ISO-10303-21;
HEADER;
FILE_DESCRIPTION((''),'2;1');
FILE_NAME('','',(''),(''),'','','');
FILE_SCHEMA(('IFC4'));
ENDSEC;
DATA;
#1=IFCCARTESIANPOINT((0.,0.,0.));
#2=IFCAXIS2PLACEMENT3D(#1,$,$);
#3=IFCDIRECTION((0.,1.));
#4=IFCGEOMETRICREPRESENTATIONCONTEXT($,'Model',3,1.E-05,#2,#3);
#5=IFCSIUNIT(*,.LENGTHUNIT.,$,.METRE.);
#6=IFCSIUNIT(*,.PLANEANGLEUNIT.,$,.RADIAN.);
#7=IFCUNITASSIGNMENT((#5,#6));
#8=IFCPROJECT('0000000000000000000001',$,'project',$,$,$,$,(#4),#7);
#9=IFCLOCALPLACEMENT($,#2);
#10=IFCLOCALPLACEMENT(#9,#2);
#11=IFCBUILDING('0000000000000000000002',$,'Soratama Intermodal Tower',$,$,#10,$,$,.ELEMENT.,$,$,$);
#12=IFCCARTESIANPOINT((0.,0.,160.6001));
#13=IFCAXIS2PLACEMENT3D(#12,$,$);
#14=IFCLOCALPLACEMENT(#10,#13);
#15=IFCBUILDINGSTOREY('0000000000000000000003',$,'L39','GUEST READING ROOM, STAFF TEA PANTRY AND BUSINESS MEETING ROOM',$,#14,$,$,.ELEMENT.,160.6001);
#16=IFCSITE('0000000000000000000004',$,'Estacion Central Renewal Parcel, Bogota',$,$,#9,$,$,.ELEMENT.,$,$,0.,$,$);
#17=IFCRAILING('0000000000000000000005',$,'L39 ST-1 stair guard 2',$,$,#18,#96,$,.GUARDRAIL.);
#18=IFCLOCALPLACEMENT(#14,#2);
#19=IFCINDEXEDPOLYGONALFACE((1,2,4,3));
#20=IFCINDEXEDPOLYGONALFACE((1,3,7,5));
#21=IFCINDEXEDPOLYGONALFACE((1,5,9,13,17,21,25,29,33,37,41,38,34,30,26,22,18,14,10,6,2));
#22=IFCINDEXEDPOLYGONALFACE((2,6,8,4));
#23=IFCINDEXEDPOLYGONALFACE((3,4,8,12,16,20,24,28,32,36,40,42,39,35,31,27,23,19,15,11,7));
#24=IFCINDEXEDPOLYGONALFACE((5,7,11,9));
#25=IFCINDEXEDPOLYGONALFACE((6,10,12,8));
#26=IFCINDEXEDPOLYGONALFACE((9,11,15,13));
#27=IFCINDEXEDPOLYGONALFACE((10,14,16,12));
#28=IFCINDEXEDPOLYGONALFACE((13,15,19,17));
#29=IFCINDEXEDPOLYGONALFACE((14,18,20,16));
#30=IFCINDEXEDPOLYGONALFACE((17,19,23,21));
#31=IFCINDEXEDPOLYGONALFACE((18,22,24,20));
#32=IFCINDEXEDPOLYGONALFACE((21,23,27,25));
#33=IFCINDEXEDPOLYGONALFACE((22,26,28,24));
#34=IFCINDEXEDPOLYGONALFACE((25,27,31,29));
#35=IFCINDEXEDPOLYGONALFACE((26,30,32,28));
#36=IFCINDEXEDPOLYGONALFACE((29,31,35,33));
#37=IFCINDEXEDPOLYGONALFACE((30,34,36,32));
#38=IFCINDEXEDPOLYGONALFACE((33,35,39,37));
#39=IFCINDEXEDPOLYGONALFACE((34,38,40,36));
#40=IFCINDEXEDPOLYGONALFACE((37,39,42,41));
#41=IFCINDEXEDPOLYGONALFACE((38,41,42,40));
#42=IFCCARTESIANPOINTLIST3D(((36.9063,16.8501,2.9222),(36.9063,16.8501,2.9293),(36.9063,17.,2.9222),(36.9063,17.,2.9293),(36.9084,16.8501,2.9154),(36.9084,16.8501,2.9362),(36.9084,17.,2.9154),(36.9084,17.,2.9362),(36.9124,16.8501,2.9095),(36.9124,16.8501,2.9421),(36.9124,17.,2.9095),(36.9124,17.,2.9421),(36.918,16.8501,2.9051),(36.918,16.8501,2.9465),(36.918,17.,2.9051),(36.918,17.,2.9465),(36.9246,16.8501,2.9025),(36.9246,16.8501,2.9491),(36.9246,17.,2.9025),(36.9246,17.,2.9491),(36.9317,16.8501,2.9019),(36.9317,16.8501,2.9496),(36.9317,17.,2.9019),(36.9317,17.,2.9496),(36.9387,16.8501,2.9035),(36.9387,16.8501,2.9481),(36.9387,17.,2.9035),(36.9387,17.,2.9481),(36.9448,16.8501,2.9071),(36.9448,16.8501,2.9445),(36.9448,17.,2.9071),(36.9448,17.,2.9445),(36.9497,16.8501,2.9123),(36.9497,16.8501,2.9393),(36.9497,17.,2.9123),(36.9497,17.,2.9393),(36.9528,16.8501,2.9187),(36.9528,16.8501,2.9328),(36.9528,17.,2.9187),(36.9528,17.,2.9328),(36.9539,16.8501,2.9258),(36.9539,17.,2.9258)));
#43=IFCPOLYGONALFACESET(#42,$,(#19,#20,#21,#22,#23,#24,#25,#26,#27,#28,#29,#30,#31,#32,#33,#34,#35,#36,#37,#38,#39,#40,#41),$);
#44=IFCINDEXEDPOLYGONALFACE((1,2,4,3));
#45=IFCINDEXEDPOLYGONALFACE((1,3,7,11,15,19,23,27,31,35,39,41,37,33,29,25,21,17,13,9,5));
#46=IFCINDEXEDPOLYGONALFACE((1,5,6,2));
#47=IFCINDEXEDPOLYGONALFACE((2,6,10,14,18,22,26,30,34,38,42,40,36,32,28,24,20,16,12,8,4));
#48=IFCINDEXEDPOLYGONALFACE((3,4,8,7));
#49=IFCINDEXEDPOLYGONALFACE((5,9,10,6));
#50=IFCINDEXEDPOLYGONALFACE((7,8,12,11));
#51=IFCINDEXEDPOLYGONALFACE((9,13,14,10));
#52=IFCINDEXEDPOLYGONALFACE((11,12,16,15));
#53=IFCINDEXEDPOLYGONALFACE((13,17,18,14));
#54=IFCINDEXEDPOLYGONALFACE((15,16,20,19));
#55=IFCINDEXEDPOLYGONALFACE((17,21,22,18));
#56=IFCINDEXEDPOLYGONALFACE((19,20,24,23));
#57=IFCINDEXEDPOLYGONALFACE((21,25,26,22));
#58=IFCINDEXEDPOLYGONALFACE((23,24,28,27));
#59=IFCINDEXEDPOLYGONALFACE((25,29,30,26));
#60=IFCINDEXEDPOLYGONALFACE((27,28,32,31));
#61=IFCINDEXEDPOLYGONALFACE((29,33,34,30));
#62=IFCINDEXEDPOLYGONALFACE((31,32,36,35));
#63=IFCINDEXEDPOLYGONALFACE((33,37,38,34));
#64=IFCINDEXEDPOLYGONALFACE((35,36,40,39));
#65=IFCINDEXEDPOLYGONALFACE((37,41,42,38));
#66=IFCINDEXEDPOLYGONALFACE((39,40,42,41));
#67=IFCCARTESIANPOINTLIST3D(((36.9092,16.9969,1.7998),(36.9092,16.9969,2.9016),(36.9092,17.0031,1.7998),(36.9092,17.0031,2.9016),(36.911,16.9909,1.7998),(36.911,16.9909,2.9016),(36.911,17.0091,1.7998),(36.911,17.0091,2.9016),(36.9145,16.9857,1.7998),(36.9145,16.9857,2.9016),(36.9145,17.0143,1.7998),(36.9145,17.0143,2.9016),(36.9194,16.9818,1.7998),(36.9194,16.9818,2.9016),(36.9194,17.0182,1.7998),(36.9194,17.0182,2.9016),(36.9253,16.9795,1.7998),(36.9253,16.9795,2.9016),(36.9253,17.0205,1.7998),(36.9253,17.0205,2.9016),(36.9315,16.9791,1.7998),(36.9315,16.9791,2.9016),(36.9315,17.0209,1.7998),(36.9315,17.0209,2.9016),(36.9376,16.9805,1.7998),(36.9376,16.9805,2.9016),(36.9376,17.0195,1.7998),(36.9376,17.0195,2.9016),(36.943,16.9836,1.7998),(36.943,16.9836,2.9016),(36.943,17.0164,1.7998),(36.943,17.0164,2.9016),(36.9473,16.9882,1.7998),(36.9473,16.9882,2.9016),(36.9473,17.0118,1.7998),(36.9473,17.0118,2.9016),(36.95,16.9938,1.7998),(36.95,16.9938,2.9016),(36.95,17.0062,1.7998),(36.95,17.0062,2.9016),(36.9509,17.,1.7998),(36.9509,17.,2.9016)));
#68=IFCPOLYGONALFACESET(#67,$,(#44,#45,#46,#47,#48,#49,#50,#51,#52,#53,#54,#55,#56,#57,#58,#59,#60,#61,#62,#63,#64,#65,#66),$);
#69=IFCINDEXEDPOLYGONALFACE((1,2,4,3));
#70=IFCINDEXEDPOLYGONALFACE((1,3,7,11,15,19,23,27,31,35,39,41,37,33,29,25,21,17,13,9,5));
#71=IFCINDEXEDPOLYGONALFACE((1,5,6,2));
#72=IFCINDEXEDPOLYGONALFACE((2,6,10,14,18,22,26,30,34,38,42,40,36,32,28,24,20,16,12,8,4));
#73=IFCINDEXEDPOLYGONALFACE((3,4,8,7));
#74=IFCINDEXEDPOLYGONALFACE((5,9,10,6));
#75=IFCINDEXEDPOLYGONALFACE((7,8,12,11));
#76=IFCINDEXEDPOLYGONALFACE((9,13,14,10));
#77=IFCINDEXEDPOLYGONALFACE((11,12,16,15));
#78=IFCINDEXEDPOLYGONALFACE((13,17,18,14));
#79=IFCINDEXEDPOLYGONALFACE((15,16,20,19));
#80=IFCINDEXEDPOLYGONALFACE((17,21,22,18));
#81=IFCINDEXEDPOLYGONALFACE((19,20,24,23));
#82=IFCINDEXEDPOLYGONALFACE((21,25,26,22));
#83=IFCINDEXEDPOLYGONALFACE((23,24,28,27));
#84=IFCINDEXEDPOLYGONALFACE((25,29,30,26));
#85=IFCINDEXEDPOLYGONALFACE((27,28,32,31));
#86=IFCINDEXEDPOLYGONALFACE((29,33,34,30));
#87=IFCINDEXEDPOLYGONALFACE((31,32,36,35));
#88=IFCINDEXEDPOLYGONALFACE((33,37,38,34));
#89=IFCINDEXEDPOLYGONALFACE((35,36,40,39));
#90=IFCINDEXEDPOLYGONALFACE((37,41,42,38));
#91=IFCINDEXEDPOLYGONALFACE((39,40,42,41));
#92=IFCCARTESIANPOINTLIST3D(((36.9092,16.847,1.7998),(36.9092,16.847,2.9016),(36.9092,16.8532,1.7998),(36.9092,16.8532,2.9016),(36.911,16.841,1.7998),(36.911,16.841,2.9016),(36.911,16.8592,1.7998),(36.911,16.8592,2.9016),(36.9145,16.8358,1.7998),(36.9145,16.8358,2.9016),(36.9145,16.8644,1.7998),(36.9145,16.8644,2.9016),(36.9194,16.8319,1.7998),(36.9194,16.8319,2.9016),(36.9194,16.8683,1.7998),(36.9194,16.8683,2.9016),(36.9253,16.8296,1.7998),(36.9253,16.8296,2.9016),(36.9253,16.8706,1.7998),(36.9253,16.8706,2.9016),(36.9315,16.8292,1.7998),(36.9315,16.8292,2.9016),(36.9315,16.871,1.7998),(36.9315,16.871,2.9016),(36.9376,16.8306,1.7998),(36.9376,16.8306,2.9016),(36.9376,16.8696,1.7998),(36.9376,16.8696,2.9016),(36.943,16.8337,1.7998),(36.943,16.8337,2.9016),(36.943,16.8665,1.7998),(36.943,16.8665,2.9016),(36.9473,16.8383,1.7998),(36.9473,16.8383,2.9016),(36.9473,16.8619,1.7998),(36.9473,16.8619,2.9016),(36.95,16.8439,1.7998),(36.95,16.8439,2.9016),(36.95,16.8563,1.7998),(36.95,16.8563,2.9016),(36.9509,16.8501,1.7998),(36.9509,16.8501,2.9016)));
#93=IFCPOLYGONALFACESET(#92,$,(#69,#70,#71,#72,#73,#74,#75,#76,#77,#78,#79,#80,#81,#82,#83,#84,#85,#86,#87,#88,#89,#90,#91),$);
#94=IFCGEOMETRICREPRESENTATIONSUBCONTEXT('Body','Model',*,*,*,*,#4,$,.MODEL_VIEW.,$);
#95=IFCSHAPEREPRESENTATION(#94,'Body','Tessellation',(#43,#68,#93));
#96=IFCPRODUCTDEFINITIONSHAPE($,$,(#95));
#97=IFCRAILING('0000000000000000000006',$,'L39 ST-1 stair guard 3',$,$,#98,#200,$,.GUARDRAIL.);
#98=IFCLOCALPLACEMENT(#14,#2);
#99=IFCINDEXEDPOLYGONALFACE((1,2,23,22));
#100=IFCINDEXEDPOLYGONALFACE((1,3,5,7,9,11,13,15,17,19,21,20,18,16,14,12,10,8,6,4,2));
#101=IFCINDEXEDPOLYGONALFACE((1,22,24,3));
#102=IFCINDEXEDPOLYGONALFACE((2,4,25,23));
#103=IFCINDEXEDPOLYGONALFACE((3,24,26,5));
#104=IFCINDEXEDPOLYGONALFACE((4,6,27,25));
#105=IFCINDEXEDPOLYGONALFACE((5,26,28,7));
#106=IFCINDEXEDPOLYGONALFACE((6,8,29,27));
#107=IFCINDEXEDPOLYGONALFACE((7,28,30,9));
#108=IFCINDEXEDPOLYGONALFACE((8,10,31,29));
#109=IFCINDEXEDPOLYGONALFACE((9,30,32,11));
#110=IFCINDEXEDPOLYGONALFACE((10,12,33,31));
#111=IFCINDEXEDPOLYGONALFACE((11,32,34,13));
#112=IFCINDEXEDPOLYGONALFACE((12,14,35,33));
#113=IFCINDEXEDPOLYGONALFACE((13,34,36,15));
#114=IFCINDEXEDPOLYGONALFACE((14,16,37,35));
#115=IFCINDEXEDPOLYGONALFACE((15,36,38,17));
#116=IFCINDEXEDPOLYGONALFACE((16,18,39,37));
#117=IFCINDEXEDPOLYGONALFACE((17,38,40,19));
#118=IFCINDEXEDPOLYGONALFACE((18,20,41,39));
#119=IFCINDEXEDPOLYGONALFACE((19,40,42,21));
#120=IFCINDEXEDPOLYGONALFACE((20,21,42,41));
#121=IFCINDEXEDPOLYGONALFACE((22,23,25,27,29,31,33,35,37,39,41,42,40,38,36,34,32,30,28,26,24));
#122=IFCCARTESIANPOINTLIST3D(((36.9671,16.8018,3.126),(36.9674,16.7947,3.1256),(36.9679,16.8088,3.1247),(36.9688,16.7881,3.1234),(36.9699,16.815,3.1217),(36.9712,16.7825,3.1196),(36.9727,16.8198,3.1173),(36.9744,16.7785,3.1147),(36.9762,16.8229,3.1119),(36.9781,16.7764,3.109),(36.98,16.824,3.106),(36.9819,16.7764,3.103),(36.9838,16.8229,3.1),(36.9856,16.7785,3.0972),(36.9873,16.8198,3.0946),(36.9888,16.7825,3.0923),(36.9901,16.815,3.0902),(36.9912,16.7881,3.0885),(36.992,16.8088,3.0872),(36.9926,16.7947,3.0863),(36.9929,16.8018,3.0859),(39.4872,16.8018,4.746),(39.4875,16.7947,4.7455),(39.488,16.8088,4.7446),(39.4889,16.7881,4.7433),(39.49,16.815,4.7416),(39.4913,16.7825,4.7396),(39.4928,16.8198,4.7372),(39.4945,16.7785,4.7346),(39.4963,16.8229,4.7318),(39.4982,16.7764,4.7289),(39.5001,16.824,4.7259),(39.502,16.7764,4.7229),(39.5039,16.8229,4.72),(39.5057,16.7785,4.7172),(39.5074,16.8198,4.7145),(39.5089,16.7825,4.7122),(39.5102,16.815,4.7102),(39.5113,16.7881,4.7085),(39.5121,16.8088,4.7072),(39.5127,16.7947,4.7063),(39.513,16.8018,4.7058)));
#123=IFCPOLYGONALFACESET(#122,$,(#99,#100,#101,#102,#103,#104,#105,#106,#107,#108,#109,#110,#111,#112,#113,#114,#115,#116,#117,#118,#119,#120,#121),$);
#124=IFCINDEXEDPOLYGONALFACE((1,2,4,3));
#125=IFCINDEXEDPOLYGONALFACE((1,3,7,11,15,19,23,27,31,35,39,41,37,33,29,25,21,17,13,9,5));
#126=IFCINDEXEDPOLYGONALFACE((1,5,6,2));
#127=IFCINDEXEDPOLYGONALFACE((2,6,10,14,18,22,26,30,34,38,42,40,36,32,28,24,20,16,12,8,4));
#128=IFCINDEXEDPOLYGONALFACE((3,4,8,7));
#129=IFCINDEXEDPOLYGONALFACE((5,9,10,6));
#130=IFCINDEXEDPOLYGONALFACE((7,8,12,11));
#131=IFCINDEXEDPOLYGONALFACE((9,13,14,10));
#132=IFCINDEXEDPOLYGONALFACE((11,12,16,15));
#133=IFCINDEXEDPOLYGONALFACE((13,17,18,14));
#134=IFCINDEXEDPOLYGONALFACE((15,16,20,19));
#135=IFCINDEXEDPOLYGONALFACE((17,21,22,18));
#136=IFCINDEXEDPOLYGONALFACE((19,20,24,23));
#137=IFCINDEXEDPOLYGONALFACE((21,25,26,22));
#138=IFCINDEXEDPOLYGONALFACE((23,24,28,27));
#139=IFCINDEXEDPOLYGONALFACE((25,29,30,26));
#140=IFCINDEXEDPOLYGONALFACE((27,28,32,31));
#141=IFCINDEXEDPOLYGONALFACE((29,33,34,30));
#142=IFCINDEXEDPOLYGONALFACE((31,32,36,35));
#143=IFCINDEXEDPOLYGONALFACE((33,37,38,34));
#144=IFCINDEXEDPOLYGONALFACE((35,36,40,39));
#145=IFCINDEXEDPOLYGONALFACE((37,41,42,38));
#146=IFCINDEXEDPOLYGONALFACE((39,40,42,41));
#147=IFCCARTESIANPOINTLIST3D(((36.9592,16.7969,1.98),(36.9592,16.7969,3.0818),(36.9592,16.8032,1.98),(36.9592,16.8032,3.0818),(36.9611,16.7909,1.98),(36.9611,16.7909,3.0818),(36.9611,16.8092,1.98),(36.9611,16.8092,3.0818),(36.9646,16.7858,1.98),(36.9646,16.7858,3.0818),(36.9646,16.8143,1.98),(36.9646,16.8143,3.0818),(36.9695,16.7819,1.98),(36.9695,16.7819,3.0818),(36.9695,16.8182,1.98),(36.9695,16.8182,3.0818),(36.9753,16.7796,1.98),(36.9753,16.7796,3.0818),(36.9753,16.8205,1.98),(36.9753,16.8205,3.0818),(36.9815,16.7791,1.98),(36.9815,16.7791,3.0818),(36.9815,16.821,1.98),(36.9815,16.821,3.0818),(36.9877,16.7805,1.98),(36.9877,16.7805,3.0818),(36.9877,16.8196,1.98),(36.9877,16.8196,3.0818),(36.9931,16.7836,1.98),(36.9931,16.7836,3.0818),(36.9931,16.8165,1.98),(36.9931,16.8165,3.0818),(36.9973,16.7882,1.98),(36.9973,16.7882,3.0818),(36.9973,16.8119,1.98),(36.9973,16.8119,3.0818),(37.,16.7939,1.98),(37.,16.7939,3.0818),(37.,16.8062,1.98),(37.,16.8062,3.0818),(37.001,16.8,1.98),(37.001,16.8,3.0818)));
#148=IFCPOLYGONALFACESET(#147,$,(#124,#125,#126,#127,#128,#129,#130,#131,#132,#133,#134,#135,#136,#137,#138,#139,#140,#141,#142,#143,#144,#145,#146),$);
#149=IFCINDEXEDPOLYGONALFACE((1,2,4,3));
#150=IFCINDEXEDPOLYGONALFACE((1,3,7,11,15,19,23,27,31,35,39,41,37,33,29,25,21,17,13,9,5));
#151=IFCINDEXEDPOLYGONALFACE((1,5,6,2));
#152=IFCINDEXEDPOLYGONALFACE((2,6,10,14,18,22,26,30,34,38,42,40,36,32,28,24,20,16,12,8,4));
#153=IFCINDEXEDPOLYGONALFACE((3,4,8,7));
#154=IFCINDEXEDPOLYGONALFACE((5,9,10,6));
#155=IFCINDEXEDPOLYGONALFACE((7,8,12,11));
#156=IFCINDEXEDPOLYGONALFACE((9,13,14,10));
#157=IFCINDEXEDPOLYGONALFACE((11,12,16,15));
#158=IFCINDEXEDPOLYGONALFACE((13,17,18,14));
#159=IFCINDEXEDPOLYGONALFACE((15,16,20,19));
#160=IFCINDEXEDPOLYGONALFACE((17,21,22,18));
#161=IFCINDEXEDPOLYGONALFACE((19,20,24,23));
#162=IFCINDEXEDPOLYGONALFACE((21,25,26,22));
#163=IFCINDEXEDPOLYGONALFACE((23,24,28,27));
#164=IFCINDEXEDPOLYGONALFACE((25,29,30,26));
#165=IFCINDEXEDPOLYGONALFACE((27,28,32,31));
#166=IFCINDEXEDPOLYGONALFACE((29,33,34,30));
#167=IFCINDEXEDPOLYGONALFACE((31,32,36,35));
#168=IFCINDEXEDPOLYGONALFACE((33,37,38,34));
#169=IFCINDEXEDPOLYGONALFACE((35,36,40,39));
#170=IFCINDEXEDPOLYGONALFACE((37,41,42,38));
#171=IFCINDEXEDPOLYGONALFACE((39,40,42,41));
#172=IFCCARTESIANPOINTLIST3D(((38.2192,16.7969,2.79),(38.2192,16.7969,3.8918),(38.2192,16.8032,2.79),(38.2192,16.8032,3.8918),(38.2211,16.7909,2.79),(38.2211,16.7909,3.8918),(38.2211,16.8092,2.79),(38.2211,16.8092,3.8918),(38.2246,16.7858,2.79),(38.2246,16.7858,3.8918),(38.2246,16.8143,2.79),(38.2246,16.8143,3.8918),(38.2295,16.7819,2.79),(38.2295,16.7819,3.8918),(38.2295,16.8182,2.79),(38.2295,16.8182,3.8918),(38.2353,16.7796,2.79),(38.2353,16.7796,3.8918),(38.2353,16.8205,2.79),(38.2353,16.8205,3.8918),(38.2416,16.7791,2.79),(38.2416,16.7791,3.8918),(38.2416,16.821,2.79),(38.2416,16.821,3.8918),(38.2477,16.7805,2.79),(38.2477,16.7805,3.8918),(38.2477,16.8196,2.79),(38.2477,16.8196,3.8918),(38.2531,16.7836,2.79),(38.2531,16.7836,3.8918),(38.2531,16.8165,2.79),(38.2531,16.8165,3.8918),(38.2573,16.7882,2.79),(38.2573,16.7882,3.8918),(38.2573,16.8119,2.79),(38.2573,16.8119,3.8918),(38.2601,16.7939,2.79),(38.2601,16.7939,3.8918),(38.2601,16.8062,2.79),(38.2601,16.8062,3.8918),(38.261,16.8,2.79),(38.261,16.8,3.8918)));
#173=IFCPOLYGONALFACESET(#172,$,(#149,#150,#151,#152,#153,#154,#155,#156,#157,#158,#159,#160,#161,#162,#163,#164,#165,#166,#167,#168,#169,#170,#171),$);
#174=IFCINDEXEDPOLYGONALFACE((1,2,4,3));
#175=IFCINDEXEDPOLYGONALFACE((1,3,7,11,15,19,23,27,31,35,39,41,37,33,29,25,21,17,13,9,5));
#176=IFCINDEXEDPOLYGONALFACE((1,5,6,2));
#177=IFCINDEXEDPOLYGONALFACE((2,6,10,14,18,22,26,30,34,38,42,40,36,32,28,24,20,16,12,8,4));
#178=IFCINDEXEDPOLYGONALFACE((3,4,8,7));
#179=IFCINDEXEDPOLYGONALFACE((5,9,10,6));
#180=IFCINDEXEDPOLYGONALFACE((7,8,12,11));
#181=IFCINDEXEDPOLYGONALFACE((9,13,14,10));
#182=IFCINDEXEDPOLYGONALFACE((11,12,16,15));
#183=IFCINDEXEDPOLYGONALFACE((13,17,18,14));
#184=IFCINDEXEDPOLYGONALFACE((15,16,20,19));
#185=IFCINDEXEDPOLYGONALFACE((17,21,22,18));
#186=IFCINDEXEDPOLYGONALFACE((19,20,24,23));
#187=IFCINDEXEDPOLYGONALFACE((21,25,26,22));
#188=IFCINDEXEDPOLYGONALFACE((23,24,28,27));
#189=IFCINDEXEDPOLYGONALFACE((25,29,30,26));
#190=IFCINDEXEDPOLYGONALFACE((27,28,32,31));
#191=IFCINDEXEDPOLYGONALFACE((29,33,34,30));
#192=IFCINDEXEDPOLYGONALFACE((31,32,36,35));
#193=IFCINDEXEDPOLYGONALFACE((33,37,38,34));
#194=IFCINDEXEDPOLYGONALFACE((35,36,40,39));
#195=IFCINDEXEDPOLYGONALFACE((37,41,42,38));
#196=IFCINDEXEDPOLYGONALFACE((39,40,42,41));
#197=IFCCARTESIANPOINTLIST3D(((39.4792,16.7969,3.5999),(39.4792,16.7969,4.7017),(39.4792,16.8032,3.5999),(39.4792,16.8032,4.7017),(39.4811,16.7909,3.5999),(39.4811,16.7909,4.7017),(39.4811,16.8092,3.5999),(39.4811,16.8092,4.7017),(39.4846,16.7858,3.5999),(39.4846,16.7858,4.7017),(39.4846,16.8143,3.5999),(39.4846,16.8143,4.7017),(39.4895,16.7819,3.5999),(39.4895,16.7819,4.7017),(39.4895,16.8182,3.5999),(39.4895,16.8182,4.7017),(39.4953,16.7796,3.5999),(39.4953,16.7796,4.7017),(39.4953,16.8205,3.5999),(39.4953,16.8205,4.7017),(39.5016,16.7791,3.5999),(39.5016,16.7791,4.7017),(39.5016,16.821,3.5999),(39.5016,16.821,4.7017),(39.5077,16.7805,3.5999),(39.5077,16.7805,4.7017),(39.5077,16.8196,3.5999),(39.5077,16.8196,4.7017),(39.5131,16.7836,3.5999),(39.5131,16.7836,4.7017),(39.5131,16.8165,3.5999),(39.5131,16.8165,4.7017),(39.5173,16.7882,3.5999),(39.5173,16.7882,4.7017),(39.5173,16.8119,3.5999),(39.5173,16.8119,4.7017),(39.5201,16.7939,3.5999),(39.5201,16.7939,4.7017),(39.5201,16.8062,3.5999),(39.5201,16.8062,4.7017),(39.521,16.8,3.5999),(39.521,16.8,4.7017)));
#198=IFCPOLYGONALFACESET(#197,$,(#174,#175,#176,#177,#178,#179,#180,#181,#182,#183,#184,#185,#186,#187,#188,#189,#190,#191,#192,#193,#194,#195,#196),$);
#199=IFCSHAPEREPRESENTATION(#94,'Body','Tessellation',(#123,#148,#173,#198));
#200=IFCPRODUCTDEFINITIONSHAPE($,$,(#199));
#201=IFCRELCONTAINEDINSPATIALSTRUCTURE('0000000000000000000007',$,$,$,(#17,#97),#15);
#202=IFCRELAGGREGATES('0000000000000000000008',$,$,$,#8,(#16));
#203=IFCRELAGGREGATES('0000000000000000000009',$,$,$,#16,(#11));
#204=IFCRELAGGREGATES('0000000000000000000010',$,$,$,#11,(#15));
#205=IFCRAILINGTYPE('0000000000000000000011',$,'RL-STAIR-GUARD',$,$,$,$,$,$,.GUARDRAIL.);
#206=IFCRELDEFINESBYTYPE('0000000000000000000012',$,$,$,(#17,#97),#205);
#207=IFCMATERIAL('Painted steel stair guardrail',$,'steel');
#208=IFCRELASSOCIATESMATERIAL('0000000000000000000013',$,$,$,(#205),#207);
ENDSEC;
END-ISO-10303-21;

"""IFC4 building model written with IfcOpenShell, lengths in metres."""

from ifc_helpers import new_model, si_unit, direction, frame, origin, origin_2d, place, context, subcontext, project, spatial, circle, extrude, material, type_object, element, save


model = new_model("IFC4")

# Units and contexts
model_context = context("Model", 3, precision=1e-05, world=origin(), true_north=direction((0.0, 1.0)))
body_context = subcontext(model_context, "Body", "Model", "MODEL_VIEW")
ifc_project = project(units=[si_unit("LENGTHUNIT", "METRE"), si_unit("PLANEANGLEUNIT", "RADIAN")], contexts=[model_context])

# Site, building, storey
site_placement = place(None, origin())
site = spatial("IfcSite", under=ifc_project, at=site_placement, Name="Estacion Central Renewal Parcel, Bogota", CompositionType="ELEMENT", RefElevation=0.0)
building_placement = place(site_placement, origin())
building = spatial("IfcBuilding", under=site, at=building_placement, Name="Soratama Intermodal Tower", CompositionType="ELEMENT")
storey_placement = place(building_placement, frame((0.0, 0.0, 160.6001)))
storey = spatial("IfcBuildingStorey", under=building, at=storey_placement, Name="L39", Description="GUEST READING ROOM, STAFF TEA PANTRY AND BUSINESS MEETING ROOM", CompositionType="ELEMENT", Elevation=160.6001)

# Railings
ifc_material_1 = material(Name="Painted steel stair guardrail", Category="steel")
railing_type_1 = type_object("IfcRailingType", Name="RL-STAIR-GUARD", PredefinedType="GUARDRAIL", material=ifc_material_1)
railing_1_placement = place(storey_placement, frame((36.9299, 17.0, 1.7998)))
element("IfcRailing", 1, at=railing_1_placement, inside=storey, type_object=railing_type_1, Name="L39 ST-1 stair guard 2", PredefinedType="GUARDRAIL", context=body_context, shape_type="SweptSolid", body=[
    extrude(circle(Radius=0.0239, at=origin_2d()), frame((0.0, 0.0, 1.126), z_axis=(0.0, -1.0, 0.0), x_axis=(1.0, 0.0, 0.0)), (0.0, 0.0, 1.0), 0.1499),
    extrude(circle(Radius=0.021, at=origin_2d()), origin(), (0.0, 0.0, 1.0), 1.1018),
    extrude(circle(Radius=0.021, at=origin_2d()), frame((0.0, -0.1499, 0.0)), (0.0, 0.0, 1.0), 1.1018),
])
railing_2_placement = place(storey_placement, frame((36.98, 16.8, 1.98)))
element("IfcRailing", 2, at=railing_2_placement, inside=storey, type_object=railing_type_1, Name="L39 ST-1 stair guard 3", PredefinedType="GUARDRAIL", context=body_context, shape_type="SweptSolid", body=[
    extrude(circle(Radius=0.0239, at=origin_2d()), frame((0.0, 0.0, 1.126), z_axis=(0.8412, 0.0, 0.540725), x_axis=(0.0, 1.0, 0.0)), (0.0, 0.0, 1.0), 2.9958),
    extrude(circle(Radius=0.021, at=origin_2d()), origin(), (0.0, 0.0, 1.0), 1.1018),
    extrude(circle(Radius=0.021, at=origin_2d()), frame((1.26, 0.0, 0.8101)), (0.0, 0.0, 1.0), 1.1018),
    extrude(circle(Radius=0.021, at=origin_2d()), frame((2.52, 0.0, 1.6199)), (0.0, 0.0, 1.0), 1.1018),
])

save(model, "model.ifc")
